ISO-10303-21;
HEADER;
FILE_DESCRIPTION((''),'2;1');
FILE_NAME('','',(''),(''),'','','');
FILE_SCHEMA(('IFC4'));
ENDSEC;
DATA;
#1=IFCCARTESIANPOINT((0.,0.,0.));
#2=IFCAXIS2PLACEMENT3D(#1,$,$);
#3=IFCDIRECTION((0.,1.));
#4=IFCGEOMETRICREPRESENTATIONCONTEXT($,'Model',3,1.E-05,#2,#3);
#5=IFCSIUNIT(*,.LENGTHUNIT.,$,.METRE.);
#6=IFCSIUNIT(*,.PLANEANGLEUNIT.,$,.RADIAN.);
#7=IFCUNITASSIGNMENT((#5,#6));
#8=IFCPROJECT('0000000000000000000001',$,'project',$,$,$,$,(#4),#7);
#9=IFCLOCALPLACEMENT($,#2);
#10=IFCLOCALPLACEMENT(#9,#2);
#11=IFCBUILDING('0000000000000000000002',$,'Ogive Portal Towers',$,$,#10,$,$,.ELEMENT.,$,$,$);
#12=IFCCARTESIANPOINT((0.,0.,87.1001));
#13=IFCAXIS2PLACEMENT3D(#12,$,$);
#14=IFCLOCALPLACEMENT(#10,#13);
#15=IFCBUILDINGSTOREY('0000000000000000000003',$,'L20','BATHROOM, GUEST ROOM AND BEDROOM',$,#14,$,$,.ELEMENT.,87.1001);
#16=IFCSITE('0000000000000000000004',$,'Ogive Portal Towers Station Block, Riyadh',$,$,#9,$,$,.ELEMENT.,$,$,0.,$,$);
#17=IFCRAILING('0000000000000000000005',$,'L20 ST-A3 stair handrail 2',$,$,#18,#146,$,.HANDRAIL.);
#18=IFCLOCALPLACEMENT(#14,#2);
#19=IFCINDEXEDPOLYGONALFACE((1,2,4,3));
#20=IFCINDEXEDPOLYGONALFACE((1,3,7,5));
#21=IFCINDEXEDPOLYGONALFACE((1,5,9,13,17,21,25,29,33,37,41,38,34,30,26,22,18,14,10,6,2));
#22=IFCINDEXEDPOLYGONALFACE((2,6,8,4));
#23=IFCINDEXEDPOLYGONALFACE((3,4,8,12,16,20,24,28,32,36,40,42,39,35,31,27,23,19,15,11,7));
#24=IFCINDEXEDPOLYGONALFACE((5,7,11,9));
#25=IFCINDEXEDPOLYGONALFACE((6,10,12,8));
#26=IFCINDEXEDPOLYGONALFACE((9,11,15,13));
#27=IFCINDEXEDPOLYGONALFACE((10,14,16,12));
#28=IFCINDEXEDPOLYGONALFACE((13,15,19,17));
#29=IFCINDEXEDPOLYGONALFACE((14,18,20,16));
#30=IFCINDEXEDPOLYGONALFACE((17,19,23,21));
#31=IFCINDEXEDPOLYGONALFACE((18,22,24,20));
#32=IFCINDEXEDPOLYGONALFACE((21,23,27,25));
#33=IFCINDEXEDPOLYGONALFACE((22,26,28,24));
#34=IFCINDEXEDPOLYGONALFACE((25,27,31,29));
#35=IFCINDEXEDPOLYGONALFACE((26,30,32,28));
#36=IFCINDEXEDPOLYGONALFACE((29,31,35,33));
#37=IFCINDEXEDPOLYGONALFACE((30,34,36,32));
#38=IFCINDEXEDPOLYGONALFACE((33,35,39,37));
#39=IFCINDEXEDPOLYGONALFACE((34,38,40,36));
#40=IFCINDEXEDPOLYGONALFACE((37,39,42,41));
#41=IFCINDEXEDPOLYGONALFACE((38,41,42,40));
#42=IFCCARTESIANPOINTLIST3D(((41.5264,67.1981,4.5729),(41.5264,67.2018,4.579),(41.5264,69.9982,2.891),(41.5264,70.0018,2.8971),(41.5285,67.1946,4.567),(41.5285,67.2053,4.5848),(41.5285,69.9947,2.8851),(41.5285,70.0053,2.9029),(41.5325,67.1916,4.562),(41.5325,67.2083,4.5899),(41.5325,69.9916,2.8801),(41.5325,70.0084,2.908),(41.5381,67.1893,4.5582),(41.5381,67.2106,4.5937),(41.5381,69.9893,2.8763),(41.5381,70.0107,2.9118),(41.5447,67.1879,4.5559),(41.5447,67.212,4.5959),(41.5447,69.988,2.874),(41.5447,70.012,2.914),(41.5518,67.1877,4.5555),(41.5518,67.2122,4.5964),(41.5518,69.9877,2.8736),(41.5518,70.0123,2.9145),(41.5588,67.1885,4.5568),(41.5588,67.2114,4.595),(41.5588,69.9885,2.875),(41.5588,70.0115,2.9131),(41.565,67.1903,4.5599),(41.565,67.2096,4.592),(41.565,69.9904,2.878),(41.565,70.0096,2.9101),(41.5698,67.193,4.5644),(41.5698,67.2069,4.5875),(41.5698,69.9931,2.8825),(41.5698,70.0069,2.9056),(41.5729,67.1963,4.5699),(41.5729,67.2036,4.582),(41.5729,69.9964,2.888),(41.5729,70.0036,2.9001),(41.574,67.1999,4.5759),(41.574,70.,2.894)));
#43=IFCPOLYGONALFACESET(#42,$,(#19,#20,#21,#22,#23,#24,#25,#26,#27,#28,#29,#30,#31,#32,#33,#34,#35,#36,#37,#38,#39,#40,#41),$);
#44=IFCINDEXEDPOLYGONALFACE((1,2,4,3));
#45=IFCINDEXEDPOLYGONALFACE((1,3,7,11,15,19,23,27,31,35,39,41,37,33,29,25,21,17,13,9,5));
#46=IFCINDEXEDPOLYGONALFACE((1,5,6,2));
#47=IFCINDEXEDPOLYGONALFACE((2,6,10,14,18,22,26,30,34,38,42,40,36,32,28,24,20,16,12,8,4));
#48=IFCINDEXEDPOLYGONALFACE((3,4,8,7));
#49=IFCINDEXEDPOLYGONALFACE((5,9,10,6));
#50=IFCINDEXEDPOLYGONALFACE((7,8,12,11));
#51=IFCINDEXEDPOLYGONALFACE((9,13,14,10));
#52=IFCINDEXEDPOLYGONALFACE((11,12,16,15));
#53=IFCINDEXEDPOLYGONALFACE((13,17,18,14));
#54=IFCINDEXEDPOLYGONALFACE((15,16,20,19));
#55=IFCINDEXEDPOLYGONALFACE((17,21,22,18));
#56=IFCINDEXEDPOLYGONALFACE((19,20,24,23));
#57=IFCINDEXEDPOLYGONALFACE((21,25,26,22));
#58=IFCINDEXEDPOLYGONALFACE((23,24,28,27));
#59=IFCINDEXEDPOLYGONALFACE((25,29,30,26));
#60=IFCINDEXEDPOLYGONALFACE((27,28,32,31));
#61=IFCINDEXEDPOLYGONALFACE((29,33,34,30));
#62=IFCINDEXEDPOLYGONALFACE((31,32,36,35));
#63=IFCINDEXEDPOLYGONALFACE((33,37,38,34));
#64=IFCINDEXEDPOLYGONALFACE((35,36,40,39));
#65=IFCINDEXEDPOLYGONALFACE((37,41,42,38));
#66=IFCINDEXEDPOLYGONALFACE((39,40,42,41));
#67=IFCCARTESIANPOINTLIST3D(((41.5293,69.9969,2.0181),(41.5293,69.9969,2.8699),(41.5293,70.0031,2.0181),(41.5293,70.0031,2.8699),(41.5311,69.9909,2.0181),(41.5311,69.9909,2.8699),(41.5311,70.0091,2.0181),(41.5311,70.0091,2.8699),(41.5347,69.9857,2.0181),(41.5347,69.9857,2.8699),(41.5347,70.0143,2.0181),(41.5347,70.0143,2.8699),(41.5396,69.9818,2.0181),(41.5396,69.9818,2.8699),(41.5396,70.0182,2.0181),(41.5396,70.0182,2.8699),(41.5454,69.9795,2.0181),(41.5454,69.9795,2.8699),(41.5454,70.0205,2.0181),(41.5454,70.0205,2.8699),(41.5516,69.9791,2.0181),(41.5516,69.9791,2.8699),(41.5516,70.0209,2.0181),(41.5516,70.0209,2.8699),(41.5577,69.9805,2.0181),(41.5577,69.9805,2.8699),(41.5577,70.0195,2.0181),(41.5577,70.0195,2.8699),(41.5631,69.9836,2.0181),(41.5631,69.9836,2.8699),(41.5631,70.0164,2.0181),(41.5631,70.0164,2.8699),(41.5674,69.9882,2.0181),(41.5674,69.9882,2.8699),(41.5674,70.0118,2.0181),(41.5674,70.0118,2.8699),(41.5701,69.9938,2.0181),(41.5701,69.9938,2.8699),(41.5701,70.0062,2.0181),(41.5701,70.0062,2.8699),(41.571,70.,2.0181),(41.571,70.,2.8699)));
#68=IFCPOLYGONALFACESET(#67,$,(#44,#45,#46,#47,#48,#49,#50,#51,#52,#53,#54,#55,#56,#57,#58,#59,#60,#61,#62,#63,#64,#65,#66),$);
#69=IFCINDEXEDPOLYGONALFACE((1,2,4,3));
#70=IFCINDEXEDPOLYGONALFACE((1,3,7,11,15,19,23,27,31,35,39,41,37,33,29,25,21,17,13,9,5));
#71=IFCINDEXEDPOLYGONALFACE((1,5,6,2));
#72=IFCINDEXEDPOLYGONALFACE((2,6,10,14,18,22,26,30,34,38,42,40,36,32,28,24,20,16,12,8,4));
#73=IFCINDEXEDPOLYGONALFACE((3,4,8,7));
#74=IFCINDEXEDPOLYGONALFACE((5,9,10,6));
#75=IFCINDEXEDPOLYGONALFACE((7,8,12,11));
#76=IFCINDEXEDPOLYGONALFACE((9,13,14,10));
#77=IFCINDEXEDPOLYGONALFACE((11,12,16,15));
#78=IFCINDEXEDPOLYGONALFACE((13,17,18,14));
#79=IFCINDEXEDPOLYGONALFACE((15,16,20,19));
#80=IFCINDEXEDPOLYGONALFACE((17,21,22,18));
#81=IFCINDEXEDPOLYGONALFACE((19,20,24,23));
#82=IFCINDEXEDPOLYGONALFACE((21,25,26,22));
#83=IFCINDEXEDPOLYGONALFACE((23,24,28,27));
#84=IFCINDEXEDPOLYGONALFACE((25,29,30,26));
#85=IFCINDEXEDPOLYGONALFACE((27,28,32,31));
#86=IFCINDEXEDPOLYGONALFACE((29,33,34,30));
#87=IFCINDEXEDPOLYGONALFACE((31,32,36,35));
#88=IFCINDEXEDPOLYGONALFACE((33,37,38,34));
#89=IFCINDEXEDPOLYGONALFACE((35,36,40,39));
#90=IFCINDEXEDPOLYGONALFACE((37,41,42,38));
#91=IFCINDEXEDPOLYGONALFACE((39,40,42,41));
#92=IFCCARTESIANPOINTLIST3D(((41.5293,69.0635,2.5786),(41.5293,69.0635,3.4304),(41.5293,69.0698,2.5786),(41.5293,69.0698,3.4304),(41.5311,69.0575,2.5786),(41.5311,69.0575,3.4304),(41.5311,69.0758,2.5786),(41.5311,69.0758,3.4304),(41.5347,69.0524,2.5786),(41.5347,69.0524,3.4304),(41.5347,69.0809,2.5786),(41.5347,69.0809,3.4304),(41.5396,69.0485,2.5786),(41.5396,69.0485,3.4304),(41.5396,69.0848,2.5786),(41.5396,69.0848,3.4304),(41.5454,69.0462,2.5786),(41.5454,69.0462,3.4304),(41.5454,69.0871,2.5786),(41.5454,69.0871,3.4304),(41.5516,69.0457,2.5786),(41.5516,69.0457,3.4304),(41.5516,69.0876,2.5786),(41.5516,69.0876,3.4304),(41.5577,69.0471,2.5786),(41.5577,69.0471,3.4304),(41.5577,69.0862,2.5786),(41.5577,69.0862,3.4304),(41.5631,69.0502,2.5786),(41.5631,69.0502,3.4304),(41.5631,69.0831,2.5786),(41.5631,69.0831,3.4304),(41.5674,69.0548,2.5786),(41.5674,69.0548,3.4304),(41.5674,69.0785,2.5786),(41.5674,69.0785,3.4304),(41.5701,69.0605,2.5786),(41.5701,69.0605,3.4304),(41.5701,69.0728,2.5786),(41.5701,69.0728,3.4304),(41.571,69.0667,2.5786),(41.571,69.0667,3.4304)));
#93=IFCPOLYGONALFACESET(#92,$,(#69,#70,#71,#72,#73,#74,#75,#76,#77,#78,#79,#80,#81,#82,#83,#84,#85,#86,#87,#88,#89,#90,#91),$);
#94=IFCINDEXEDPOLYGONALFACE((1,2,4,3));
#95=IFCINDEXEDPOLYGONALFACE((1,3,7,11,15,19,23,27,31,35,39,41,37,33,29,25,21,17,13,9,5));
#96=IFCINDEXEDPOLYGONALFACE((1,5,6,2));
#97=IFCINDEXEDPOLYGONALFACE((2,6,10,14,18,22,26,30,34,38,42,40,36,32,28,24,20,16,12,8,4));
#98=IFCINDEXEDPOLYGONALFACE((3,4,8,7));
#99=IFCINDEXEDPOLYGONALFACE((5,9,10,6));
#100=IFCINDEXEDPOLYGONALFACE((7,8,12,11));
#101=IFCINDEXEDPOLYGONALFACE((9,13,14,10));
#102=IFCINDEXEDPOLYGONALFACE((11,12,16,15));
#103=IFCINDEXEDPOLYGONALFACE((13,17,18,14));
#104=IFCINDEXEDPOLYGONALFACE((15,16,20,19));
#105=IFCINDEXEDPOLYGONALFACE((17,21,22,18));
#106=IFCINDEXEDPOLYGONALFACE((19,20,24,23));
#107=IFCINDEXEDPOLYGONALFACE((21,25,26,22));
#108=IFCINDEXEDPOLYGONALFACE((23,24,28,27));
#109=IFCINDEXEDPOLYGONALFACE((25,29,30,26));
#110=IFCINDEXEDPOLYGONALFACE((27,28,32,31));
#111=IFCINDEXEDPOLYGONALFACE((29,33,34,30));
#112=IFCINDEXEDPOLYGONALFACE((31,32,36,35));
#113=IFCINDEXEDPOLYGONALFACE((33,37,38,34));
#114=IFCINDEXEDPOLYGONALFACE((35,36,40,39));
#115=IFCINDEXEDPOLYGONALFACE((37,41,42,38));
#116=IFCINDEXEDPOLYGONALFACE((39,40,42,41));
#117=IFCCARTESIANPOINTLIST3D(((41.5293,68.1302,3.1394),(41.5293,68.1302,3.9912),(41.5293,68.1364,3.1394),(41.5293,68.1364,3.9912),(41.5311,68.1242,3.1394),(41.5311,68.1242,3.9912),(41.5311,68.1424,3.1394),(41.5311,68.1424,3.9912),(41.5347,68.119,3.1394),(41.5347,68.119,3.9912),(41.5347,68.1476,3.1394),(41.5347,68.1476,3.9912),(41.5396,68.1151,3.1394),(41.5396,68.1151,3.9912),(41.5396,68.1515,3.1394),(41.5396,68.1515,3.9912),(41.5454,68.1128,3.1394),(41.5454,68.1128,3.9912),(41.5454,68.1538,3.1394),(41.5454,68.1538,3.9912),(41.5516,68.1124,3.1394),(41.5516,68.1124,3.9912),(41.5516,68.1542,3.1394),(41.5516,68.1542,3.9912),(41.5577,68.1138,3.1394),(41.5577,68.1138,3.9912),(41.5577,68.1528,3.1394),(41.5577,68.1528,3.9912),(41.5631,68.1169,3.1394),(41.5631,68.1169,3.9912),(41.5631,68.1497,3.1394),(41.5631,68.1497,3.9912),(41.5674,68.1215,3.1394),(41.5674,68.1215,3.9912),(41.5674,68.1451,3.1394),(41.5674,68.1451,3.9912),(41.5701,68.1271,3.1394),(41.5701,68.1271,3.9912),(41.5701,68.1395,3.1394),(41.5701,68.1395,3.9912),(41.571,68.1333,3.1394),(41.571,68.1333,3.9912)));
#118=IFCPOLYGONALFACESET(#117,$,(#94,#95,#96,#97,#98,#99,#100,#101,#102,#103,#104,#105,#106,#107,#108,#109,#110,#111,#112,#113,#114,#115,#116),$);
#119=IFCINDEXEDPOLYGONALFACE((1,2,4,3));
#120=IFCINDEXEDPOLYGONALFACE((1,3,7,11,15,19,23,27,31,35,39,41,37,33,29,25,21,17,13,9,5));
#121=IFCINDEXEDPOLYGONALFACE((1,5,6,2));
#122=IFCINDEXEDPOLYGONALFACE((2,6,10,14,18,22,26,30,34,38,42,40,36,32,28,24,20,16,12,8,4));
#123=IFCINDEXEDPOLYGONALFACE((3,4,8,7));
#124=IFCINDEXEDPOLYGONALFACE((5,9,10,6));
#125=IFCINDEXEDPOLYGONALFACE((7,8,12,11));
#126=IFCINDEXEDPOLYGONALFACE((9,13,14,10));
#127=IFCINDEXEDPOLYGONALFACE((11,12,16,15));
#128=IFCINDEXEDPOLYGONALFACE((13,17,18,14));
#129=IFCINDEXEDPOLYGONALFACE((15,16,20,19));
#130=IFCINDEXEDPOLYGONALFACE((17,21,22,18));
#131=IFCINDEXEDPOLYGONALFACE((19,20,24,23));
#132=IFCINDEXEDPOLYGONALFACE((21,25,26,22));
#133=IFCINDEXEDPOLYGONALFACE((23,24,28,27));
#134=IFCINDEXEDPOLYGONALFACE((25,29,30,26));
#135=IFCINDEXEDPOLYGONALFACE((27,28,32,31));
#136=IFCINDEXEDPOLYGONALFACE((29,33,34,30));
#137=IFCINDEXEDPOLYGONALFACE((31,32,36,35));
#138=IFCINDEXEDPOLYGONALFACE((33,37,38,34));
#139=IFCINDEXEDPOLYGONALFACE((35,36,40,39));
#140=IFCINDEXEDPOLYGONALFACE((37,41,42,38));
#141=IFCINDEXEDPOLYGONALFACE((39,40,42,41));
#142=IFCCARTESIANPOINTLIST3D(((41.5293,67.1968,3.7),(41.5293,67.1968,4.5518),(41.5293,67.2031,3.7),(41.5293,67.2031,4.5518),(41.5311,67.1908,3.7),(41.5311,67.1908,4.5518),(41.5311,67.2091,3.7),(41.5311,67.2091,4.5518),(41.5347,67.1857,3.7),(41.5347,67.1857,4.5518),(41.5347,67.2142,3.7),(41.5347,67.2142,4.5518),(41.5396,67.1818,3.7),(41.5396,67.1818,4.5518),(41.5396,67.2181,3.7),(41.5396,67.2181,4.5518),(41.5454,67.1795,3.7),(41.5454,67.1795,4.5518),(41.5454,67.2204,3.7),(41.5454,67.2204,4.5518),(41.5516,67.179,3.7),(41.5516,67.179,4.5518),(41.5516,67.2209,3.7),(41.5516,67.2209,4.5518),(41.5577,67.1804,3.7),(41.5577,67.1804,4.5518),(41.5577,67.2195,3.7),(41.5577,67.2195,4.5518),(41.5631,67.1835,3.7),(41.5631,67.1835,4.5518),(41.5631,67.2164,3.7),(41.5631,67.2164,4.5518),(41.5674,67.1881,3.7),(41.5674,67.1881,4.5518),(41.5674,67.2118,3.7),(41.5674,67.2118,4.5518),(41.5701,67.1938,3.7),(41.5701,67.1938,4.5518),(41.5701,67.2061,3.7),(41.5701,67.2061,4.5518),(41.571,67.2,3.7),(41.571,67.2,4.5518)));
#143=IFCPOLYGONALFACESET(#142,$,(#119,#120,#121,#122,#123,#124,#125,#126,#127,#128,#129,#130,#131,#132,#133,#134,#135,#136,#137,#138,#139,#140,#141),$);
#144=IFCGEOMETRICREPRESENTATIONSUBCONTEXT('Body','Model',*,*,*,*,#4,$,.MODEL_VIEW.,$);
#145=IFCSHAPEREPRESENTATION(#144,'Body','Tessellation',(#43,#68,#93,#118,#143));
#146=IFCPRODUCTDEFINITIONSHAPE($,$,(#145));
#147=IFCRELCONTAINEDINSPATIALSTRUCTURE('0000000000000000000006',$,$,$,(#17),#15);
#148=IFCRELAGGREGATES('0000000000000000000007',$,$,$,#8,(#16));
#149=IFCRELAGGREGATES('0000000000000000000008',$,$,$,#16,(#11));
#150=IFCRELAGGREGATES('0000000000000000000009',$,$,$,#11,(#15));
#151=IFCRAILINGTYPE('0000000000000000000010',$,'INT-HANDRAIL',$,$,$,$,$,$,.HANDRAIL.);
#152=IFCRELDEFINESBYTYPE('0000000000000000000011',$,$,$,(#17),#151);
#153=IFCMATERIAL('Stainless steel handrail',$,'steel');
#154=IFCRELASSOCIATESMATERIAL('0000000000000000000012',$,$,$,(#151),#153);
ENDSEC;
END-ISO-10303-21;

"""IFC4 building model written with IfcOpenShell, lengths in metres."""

from ifc_helpers import new_model, si_unit, direction, frame, origin, origin_2d, place, context, subcontext, project, spatial, circle, extrude, material, type_object, element, save


model = new_model("IFC4")

# Units and contexts
model_context = context("Model", 3, precision=1e-05, world=origin(), true_north=direction((0.0, 1.0)))
body_context = subcontext(model_context, "Body", "Model", "MODEL_VIEW")
ifc_project = project(units=[si_unit("LENGTHUNIT", "METRE"), si_unit("PLANEANGLEUNIT", "RADIAN")], contexts=[model_context])

# Site, building, storey
site_placement = place(None, origin())
site = spatial("IfcSite", under=ifc_project, at=site_placement, Name="Ogive Portal Towers Station Block, Riyadh", CompositionType="ELEMENT", RefElevation=0.0)
building_placement = place(site_placement, origin())
building = spatial("IfcBuilding", under=site, at=building_placement, Name="Ogive Portal Towers", CompositionType="ELEMENT")
storey_placement = place(building_placement, frame((0.0, 0.0, 87.1001)))
storey = spatial("IfcBuildingStorey", under=building, at=storey_placement, Name="L20", Description="BATHROOM, GUEST ROOM AND BEDROOM", CompositionType="ELEMENT", Elevation=87.1001)

# Railing
ifc_material_1 = material(Name="Stainless steel handrail", Category="steel")
railing_type_1 = type_object("IfcRailingType", Name="INT-HANDRAIL", PredefinedType="HANDRAIL", material=ifc_material_1)
railing_1_placement = place(storey_placement, frame((41.55, 70.0, 2.0181)))
element("IfcRailing", 1, at=railing_1_placement, inside=storey, type_object=railing_type_1, Name="L20 ST-A3 stair handrail 2", PredefinedType="HANDRAIL", context=body_context, shape_type="SweptSolid", body=[
    extrude(circle(Radius=0.0239, at=origin_2d()), frame((0.0, 0.0, 0.876), z_axis=(0.0, -0.857242, 0.514913), x_axis=(1.0, 0.0, 0.0)), (0.0, 0.0, 1.0), 3.2664),
    extrude(circle(Radius=0.021, at=origin_2d()), origin(), (0.0, 0.0, 1.0), 0.8518),
    extrude(circle(Radius=0.021, at=origin_2d()), frame((0.0, -0.9333, 0.5605)), (0.0, 0.0, 1.0), 0.8518),
    extrude(circle(Radius=0.021, at=origin_2d()), frame((0.0, -1.8667, 1.1213)), (0.0, 0.0, 1.0), 0.8518),
    extrude(circle(Radius=0.021, at=origin_2d()), frame((0.0, -2.8, 1.6819)), (0.0, 0.0, 1.0), 0.8518),
])

save(model, "model.ifc")
